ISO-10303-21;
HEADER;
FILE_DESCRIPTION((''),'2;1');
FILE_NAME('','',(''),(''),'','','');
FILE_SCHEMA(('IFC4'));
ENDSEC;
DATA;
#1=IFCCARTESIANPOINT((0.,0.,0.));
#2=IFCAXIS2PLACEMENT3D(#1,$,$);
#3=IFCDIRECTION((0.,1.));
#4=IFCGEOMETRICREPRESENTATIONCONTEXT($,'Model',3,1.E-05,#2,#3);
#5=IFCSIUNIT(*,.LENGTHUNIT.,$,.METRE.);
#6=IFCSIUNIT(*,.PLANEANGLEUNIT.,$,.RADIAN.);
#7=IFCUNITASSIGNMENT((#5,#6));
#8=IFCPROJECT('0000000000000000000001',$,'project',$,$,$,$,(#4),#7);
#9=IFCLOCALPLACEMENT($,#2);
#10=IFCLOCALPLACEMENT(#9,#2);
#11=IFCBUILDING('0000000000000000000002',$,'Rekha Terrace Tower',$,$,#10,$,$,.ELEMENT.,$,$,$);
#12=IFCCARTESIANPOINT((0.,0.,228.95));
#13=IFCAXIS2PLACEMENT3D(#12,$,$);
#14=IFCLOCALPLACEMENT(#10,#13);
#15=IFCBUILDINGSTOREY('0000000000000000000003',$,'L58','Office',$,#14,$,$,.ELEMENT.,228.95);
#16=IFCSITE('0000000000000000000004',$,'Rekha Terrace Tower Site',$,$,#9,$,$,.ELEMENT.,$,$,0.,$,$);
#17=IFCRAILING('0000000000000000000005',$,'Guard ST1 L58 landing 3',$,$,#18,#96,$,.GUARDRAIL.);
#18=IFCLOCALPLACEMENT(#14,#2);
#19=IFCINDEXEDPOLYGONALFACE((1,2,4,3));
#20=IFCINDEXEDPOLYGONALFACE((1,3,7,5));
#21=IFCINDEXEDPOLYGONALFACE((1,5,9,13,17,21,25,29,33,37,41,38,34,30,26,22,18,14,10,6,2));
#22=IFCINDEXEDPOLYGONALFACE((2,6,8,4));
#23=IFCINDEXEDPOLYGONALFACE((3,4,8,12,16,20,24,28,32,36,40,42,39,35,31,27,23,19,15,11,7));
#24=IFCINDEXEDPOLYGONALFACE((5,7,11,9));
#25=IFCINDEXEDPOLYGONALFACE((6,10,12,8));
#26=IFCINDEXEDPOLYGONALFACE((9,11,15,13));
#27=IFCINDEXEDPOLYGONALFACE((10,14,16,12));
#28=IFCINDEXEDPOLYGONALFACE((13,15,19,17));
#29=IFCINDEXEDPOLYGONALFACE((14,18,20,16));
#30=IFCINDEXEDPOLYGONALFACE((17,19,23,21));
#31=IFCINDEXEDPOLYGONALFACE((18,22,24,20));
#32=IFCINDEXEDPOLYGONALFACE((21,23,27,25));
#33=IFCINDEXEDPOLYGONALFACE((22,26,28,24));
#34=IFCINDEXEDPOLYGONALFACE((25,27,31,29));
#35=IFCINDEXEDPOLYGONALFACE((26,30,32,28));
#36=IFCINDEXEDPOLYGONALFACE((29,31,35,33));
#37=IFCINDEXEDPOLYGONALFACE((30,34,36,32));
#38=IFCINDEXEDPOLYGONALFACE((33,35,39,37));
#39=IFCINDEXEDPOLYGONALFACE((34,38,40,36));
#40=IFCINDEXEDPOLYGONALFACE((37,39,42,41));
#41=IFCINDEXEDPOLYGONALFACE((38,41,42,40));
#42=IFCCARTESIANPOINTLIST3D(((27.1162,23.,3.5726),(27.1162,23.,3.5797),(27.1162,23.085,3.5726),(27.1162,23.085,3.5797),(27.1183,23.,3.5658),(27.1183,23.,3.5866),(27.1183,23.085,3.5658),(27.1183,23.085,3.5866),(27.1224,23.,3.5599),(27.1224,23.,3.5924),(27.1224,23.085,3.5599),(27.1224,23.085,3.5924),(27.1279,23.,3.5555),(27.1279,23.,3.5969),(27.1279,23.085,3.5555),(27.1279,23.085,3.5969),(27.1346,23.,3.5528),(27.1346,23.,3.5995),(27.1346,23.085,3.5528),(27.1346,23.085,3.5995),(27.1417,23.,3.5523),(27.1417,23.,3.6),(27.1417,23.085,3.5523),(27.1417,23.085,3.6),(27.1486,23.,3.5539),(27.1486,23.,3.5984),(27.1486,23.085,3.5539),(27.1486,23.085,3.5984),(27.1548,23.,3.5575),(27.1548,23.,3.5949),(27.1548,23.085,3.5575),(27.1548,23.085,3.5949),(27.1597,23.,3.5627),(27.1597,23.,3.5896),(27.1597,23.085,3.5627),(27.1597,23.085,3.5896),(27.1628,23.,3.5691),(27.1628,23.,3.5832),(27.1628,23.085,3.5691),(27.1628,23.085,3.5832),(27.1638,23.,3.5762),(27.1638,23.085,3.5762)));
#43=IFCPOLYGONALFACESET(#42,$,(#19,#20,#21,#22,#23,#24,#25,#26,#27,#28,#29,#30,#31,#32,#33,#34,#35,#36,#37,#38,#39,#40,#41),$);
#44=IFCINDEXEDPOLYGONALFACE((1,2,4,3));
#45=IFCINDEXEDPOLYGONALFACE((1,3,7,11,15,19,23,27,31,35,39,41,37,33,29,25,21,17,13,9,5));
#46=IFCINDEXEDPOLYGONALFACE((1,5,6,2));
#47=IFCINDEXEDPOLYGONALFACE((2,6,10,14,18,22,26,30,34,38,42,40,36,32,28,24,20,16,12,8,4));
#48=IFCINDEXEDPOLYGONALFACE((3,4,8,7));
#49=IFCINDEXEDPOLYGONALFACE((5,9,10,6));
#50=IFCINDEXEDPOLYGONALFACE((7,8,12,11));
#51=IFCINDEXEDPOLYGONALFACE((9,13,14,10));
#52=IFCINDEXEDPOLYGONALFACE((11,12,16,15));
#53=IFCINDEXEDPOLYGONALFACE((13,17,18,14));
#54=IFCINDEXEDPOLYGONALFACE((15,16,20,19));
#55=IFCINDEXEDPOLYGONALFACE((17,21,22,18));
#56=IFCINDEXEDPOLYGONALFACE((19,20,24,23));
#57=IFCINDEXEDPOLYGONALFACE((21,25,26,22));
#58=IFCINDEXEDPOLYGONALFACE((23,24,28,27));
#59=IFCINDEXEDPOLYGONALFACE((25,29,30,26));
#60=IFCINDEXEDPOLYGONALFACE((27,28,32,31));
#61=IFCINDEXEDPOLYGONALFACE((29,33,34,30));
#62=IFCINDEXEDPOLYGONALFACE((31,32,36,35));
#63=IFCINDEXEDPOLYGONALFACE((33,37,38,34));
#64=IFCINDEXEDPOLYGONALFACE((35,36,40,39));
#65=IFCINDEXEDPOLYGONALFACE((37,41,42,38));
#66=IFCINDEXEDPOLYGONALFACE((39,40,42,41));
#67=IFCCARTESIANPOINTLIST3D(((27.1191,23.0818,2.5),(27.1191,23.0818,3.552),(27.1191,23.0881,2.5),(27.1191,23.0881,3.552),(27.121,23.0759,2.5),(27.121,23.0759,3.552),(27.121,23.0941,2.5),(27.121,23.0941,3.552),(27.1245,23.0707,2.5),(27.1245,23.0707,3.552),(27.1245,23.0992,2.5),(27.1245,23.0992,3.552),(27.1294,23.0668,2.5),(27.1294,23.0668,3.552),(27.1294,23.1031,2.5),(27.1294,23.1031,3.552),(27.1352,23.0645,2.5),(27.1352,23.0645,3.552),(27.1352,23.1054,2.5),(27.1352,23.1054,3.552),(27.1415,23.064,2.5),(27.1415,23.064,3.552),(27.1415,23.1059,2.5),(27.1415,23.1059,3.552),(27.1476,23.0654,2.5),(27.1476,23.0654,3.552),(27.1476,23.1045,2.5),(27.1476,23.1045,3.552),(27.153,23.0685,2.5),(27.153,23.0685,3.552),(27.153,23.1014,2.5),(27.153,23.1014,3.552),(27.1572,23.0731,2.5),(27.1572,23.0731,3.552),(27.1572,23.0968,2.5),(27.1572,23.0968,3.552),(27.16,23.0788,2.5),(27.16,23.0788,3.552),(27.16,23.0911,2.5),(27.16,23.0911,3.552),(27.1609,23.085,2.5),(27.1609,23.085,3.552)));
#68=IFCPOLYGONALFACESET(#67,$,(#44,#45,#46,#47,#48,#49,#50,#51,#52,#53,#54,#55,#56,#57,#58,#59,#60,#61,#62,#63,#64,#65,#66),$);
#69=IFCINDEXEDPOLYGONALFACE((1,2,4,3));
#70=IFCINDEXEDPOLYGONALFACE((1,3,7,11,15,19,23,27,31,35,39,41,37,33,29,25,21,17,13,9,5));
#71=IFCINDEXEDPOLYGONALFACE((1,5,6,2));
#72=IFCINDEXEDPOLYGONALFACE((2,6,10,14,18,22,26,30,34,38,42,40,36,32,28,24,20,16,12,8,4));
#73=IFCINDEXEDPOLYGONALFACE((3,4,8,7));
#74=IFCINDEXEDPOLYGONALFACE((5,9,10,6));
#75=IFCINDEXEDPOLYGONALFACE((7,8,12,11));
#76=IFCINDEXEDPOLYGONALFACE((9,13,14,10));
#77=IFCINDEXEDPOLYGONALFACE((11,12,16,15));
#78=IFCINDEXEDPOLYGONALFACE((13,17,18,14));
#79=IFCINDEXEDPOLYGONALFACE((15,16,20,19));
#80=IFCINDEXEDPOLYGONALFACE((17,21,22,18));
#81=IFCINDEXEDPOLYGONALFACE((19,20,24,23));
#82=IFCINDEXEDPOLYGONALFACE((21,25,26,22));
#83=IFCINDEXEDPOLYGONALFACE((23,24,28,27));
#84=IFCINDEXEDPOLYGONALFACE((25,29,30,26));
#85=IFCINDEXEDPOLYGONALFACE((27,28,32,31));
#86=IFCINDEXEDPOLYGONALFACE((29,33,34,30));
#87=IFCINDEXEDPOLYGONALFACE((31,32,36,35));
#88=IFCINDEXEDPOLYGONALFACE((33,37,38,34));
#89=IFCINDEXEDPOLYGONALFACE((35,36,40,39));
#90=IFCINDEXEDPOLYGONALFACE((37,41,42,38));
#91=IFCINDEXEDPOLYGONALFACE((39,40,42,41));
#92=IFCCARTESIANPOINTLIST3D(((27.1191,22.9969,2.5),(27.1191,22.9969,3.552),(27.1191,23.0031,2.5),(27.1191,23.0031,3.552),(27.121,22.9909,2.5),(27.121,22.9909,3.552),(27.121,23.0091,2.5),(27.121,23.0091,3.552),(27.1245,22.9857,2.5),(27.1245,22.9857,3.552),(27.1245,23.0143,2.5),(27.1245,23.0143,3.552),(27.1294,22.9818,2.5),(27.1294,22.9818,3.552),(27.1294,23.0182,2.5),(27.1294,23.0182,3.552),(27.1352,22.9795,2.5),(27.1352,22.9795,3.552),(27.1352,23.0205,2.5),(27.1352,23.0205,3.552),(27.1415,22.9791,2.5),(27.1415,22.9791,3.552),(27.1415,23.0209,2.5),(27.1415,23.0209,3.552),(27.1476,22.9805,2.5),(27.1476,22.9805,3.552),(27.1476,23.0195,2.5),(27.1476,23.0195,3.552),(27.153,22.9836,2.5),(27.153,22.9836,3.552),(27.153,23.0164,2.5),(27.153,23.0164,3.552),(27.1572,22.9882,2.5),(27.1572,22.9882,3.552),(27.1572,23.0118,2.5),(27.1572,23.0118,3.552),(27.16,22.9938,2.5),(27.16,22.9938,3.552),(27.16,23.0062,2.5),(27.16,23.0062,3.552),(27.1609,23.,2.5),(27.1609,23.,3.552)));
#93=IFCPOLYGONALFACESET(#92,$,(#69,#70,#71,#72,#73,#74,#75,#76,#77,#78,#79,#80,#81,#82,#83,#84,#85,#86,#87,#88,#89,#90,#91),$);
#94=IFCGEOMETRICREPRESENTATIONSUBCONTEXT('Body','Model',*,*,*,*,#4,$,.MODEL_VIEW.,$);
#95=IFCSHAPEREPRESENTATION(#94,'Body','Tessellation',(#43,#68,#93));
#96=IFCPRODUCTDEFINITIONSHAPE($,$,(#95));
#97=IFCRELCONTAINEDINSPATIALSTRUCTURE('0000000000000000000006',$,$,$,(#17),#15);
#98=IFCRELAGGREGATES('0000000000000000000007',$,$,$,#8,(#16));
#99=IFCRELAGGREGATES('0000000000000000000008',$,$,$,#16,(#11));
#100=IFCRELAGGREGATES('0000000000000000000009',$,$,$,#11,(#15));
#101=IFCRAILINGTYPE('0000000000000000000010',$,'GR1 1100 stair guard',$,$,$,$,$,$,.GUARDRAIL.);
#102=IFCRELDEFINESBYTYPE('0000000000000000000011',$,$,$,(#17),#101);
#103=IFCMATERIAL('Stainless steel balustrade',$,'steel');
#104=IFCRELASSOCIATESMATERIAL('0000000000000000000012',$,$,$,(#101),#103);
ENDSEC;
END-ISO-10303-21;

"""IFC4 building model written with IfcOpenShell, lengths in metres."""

from ifc_helpers import new_model, si_unit, direction, frame, origin, origin_2d, place, context, subcontext, project, spatial, circle, extrude, material, type_object, element, save


model = new_model("IFC4")

# Units and contexts
model_context = context("Model", 3, precision=1e-05, world=origin(), true_north=direction((0.0, 1.0)))
body_context = subcontext(model_context, "Body", "Model", "MODEL_VIEW")
ifc_project = project(units=[si_unit("LENGTHUNIT", "METRE"), si_unit("PLANEANGLEUNIT", "RADIAN")], contexts=[model_context])

# Site, building, storey
site_placement = place(None, origin())
site = spatial("IfcSite", under=ifc_project, at=site_placement, Name="Rekha Terrace Tower Site", CompositionType="ELEMENT", RefElevation=0.0)
building_placement = place(site_placement, origin())
building = spatial("IfcBuilding", under=site, at=building_placement, Name="Rekha Terrace Tower", CompositionType="ELEMENT")
storey_placement = place(building_placement, frame((0.0, 0.0, 228.95)))
storey = spatial("IfcBuildingStorey", under=building, at=storey_placement, Name="L58", Description="Office", CompositionType="ELEMENT", Elevation=228.95)

# Railing
ifc_material_1 = material(Name="Stainless steel balustrade", Category="steel")
railing_type_1 = type_object("IfcRailingType", Name="GR1 1100 stair guard", PredefinedType="GUARDRAIL", material=ifc_material_1)
railing_1_placement = place(storey_placement, frame((27.1399, 23.085, 2.5)))
element("IfcRailing", 1, at=railing_1_placement, inside=storey, type_object=railing_type_1, Name="Guard ST1 L58 landing 3", PredefinedType="GUARDRAIL", context=body_context, shape_type="SweptSolid", body=[
    extrude(circle(Radius=0.0239, at=origin_2d()), frame((0.0, 0.0, 1.0762), z_axis=(0.0, -1.0, 0.0), x_axis=(1.0, 0.0, 0.0)), (0.0, 0.0, 1.0), 0.085),
    extrude(circle(Radius=0.021, at=origin_2d()), origin(), (0.0, 0.0, 1.0), 1.052),
    extrude(circle(Radius=0.021, at=origin_2d()), frame((0.0, -0.085, 0.0)), (0.0, 0.0, 1.0), 1.052),
])

save(model, "model.ifc")
